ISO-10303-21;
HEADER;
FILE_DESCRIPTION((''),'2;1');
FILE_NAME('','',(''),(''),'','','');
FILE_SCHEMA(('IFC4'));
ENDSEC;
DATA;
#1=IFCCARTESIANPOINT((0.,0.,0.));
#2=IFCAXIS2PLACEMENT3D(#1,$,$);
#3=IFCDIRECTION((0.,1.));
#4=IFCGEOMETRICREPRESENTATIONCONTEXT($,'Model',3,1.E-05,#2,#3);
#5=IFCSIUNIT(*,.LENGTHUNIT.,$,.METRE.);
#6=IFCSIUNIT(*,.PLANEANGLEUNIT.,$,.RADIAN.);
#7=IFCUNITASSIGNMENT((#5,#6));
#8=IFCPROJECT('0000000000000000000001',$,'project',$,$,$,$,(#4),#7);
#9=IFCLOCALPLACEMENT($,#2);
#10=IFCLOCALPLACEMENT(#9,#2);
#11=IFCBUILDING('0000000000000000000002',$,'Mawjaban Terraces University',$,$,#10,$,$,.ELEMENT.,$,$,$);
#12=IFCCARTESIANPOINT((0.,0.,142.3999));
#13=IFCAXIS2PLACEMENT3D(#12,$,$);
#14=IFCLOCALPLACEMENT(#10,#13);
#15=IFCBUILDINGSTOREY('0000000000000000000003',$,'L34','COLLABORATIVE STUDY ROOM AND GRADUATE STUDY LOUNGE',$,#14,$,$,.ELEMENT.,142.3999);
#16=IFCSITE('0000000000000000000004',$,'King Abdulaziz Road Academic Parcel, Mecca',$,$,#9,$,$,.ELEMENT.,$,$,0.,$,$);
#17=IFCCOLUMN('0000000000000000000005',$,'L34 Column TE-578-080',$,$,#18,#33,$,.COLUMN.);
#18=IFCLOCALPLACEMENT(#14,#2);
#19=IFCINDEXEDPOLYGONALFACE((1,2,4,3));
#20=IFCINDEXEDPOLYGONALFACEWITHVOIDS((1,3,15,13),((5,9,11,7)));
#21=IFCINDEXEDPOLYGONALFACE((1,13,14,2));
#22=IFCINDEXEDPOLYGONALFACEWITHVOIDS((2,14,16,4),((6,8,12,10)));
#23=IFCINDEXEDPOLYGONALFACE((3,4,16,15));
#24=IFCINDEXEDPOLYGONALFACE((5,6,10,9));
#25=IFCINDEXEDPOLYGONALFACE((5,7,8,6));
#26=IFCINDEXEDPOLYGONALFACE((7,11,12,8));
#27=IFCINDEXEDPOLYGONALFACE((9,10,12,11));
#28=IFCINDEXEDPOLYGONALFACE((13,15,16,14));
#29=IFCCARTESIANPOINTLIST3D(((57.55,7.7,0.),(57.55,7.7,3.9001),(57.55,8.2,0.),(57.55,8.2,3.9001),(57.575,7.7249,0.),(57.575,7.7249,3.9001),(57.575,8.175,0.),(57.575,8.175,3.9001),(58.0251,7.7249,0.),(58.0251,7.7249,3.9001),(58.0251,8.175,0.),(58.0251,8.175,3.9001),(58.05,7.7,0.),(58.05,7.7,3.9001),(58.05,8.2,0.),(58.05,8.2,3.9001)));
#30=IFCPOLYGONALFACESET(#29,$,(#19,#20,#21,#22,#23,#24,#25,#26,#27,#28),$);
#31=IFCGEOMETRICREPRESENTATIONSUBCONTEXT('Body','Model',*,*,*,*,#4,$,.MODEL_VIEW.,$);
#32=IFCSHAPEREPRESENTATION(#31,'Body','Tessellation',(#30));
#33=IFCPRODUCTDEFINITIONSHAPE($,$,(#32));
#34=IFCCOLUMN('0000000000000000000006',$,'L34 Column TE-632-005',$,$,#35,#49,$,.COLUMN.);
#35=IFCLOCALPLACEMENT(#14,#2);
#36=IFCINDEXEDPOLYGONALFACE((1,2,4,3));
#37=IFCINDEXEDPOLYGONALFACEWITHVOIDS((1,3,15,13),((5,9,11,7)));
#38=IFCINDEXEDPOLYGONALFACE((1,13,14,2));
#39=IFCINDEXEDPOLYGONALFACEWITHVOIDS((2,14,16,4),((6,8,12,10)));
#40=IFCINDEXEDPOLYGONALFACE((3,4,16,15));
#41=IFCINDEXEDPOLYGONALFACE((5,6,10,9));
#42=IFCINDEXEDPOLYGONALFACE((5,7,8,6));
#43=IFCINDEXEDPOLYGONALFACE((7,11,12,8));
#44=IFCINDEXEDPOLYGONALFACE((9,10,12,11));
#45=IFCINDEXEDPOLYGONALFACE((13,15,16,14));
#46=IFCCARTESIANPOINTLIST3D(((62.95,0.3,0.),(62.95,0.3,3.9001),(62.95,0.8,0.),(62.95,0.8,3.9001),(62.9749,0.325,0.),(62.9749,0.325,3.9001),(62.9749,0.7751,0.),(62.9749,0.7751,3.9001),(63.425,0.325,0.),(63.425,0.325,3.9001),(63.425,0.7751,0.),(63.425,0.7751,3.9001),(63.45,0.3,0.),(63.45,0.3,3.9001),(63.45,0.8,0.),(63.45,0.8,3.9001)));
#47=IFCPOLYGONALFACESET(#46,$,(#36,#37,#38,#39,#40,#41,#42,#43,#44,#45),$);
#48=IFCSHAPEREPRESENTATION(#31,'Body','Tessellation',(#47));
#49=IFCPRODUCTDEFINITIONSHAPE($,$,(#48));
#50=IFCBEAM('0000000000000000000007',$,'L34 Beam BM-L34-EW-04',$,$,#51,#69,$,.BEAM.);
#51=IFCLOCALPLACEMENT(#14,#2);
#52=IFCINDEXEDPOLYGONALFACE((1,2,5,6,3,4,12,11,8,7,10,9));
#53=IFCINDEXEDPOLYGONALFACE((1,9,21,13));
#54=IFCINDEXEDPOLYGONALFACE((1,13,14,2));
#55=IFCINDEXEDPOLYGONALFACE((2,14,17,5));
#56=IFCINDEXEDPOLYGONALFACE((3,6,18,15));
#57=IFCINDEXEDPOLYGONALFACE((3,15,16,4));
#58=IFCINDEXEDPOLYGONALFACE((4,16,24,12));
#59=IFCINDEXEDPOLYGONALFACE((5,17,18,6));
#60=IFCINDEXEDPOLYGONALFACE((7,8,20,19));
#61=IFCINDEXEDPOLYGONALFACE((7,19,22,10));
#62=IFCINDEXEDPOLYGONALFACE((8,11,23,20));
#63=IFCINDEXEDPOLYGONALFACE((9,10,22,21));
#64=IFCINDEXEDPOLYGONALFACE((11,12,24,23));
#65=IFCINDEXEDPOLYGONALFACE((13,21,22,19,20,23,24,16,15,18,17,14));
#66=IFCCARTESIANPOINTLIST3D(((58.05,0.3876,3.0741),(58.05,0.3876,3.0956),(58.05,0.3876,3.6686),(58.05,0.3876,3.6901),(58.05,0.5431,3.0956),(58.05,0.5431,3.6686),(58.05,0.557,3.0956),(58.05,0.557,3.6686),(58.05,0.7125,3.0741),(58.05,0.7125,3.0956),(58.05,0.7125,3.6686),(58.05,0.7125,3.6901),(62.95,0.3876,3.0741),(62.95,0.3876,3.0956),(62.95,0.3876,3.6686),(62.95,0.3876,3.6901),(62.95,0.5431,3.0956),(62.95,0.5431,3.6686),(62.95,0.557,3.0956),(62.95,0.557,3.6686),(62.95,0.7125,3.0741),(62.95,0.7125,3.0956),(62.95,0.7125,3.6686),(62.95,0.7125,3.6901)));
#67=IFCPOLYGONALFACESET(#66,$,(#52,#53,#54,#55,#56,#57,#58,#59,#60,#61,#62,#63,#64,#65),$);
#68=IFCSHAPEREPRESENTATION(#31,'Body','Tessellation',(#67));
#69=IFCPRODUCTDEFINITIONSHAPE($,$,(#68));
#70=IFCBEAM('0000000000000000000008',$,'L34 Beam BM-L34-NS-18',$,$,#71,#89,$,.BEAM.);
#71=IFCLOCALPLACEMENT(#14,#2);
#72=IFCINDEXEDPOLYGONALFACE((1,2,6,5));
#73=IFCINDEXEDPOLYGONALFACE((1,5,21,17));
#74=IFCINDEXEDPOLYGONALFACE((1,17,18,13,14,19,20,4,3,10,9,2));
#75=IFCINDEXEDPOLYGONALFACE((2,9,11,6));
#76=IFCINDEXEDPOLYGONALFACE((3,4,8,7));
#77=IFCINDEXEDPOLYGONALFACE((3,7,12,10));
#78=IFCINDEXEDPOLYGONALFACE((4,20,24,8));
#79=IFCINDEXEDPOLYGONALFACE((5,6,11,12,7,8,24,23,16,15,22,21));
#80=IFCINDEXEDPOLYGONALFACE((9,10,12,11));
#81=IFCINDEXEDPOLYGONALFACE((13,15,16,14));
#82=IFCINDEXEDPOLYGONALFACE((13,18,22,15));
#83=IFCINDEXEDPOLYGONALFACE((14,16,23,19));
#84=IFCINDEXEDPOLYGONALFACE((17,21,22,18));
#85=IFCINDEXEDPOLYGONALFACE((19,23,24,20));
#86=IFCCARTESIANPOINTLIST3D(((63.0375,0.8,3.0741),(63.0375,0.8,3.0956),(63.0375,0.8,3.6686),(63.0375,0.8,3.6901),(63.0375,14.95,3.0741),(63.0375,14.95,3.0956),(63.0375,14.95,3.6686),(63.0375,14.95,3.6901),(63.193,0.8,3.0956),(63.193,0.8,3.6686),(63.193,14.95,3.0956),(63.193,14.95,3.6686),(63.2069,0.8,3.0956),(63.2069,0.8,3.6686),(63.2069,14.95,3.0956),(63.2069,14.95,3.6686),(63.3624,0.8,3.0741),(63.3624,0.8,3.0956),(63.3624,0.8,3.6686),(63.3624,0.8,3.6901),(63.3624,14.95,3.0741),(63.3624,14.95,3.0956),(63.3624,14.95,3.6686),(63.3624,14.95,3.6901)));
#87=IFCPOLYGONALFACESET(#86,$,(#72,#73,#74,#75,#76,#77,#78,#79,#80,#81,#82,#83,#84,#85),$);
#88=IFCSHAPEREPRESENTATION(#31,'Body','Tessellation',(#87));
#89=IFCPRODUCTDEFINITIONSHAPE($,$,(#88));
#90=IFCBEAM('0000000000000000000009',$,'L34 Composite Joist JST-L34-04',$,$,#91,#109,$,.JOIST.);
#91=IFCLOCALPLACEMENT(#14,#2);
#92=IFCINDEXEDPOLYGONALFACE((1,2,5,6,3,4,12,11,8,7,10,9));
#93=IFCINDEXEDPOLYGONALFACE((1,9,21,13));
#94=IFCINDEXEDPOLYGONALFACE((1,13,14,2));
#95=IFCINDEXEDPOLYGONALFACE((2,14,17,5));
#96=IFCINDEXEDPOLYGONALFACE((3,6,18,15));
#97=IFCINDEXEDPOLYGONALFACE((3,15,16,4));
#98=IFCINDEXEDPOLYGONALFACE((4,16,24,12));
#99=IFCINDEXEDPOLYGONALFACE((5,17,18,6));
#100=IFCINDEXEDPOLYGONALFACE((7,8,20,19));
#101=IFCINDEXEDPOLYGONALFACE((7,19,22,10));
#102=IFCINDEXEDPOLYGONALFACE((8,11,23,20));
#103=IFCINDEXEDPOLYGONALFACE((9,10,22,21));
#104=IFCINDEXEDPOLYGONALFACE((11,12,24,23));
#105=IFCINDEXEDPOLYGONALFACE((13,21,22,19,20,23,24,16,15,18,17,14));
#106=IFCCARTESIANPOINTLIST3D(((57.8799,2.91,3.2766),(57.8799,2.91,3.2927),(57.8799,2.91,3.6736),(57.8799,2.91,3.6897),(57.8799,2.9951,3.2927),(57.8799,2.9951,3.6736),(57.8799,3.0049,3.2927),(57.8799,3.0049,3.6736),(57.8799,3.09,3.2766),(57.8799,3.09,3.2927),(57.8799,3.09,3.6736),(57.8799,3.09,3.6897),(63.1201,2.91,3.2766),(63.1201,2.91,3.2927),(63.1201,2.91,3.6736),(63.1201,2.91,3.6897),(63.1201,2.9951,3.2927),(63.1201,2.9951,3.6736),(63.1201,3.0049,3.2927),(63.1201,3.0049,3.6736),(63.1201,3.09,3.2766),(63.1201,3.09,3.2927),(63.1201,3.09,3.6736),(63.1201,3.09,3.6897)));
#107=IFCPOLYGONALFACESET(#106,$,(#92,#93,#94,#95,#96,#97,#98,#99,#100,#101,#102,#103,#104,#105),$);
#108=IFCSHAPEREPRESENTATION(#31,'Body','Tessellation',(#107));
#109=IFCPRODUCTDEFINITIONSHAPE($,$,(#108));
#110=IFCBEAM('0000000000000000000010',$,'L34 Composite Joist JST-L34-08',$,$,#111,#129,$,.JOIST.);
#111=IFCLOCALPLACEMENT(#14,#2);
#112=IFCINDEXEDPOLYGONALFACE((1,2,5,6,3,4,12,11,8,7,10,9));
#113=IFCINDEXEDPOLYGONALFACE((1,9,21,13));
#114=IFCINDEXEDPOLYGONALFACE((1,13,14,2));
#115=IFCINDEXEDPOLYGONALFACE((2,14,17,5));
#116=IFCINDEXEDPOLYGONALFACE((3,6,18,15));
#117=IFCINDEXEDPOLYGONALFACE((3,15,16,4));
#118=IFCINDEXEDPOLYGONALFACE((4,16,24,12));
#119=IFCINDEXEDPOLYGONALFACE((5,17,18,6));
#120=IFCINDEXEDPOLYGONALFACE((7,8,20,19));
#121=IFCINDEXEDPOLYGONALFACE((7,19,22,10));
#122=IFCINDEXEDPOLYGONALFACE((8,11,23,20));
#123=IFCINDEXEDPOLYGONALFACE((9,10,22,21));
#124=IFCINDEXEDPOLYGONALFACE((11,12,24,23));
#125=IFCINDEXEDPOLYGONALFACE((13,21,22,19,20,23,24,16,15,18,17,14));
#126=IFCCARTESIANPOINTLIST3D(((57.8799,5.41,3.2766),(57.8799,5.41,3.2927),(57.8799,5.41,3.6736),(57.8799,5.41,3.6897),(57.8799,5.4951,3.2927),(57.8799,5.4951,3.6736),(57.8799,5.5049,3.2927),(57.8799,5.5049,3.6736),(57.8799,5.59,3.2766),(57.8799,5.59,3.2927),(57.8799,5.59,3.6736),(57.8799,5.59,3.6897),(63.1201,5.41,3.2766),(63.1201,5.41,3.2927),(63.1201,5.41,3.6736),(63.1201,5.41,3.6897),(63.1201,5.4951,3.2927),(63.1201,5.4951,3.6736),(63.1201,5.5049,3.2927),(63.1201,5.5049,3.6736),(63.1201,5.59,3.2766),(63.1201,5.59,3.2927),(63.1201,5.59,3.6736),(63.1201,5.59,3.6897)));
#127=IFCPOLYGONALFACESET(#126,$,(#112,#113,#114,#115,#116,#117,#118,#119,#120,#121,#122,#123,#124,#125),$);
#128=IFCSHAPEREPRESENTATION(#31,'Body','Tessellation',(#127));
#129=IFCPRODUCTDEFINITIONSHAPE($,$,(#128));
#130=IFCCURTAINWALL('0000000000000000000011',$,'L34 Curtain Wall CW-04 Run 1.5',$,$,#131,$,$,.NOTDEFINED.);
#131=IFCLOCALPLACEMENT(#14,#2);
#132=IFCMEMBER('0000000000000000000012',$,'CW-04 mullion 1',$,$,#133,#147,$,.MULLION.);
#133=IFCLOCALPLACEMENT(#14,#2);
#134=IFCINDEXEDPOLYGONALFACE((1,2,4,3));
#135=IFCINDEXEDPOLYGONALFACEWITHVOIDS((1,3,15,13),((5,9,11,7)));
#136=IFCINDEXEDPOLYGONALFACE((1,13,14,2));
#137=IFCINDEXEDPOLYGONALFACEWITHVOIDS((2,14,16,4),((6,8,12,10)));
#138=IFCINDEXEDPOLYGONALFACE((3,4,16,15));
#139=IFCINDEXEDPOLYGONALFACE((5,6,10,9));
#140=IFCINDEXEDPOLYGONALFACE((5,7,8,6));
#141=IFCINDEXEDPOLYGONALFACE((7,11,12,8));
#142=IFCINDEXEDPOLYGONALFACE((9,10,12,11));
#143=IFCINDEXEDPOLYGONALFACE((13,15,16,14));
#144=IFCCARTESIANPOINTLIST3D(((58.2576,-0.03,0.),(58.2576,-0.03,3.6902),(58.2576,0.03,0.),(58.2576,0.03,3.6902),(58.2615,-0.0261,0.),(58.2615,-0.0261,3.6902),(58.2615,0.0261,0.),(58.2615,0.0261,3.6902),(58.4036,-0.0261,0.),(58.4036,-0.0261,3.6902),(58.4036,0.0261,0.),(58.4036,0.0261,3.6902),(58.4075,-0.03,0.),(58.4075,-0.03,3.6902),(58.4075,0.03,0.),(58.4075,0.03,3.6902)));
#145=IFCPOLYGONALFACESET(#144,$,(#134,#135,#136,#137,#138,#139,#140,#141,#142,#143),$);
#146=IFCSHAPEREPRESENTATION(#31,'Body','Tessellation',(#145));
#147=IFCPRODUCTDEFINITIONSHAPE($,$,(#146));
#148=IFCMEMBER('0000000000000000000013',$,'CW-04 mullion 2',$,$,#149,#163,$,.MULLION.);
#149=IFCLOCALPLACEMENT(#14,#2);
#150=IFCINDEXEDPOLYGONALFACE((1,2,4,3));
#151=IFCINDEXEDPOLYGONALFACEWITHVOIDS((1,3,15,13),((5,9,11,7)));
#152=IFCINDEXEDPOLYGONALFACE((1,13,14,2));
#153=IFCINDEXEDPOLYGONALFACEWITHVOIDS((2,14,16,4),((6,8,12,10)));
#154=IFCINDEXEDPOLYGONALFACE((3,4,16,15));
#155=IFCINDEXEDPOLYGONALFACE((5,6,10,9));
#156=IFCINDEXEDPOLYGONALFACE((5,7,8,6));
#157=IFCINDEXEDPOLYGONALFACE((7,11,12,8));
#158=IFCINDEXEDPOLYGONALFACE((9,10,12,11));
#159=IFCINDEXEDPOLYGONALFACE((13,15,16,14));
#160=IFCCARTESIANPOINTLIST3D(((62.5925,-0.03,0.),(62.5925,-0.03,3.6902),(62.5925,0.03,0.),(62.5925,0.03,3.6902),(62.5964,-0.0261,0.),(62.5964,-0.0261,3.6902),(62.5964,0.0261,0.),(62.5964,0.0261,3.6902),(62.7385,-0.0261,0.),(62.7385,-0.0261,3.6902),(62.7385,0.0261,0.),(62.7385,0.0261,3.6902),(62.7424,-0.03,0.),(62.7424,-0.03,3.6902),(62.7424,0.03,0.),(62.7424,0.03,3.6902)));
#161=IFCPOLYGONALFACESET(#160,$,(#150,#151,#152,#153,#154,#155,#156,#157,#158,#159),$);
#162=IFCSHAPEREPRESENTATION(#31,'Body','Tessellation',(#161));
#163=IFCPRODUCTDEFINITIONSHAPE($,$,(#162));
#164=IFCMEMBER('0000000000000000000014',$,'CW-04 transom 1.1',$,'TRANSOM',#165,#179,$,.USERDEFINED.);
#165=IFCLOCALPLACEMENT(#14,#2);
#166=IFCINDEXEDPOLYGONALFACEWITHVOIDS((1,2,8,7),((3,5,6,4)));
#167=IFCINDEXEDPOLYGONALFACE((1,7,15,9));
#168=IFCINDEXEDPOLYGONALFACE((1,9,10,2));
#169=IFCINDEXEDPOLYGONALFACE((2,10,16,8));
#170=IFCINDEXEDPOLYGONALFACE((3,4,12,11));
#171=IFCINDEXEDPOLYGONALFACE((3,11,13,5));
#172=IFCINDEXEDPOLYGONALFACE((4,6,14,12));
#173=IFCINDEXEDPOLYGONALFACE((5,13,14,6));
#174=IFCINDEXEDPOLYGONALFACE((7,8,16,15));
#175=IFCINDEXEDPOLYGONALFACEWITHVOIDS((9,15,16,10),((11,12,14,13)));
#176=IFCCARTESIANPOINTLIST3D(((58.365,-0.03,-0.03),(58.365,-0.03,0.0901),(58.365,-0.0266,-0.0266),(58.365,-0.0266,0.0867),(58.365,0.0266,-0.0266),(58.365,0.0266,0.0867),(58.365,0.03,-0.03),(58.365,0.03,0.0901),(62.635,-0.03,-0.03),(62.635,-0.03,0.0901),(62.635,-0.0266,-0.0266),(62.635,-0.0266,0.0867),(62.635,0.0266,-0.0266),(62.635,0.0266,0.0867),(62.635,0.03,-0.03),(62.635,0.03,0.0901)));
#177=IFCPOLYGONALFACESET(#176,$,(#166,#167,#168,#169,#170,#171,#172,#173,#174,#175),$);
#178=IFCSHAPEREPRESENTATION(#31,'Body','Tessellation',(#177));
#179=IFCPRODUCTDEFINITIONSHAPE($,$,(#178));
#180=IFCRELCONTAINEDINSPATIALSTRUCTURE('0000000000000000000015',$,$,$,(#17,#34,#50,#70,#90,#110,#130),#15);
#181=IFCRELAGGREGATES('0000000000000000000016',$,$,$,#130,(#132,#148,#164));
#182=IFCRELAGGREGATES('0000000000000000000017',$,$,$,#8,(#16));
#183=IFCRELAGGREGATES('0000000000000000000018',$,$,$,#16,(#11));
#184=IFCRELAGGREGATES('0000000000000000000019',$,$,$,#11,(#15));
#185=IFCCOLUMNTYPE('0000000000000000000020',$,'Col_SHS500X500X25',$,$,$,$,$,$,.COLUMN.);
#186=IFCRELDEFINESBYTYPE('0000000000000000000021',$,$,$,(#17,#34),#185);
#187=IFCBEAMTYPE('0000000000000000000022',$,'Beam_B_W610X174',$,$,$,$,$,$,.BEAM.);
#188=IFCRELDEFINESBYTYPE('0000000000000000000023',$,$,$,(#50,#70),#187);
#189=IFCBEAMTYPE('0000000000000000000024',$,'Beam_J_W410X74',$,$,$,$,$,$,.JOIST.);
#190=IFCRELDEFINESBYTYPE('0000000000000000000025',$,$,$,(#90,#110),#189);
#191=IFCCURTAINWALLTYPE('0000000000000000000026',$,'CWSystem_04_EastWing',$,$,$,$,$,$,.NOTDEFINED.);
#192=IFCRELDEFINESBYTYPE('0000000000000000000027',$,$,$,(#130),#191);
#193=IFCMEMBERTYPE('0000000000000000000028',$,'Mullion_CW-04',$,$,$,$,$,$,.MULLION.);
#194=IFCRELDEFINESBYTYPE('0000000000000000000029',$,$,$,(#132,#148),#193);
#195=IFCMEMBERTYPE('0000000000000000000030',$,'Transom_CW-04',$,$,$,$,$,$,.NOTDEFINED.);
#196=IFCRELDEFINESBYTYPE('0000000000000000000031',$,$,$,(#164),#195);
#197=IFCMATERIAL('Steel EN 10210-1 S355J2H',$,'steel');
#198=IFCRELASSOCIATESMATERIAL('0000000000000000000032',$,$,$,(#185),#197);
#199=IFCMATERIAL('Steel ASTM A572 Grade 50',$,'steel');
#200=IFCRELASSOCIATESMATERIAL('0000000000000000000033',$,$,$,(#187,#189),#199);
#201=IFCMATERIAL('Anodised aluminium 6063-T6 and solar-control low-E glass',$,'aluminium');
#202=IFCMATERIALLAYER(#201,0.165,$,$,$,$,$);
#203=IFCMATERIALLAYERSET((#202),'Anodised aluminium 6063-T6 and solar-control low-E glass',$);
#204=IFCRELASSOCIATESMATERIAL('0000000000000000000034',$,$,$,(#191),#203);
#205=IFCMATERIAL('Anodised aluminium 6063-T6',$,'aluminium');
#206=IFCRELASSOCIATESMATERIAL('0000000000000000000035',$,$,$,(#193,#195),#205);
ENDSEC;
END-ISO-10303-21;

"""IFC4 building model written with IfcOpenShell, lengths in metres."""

from ifc_helpers import new_model, si_unit, direction, frame, origin, origin_2d, place, context, subcontext, project, spatial, hollow_rectangle, i_section, extrude, material, layer, layer_set, material_profile, profile_set, type_object, element, aggregate, save


model = new_model("IFC4")

# Units and contexts
model_context = context("Model", 3, precision=1e-05, world=origin(), true_north=direction((0.0, 1.0)))
body_context = subcontext(model_context, "Body", "Model", "MODEL_VIEW")
ifc_project = project(units=[si_unit("LENGTHUNIT", "METRE"), si_unit("PLANEANGLEUNIT", "RADIAN")], contexts=[model_context])

# Site, building, storey
site_placement = place(None, origin())
site = spatial("IfcSite", under=ifc_project, at=site_placement, Name="King Abdulaziz Road Academic Parcel, Mecca", CompositionType="ELEMENT", RefElevation=0.0)
building_placement = place(site_placement, origin())
building = spatial("IfcBuilding", under=site, at=building_placement, Name="Mawjaban Terraces University", CompositionType="ELEMENT")
storey_placement = place(building_placement, frame((0.0, 0.0, 142.3999)))
storey = spatial("IfcBuildingStorey", under=building, at=storey_placement, Name="L34", Description="COLLABORATIVE STUDY ROOM AND GRADUATE STUDY LOUNGE", CompositionType="ELEMENT", Elevation=142.3999)

# Columns
ifc_material_1 = material(Name="Steel EN 10210-1 S355J2H", Category="steel")
ifc_material_profile_1 = material_profile(ifc_material_1, hollow_rectangle(XDim=0.5, YDim=0.5, WallThickness=0.0249, at=origin_2d()), Name="SHS500X500X25")
ifc_profile_set_1 = profile_set([ifc_material_profile_1], Name="Steel EN 10210-1 S355J2H")
column_type = type_object("IfcColumnType", Name="Col_SHS500X500X25", PredefinedType="COLUMN", material=ifc_profile_set_1)
for number, where, z_axis, x_axis, name in (
    (1, (57.8, 7.95, 0.0), (0.0, 0.0, 1.0), (1.0, 0.0, 0.0), "L34 Column TE-578-080"),
    (2, (63.2, 0.55, 0.0), (0.0, 0.0, 1.0), (1.0, 0.0, 0.0), "L34 Column TE-632-005"),
):
    element("IfcColumn", number, at=place(storey_placement, frame(where, z_axis=z_axis, x_axis=x_axis)), inside=storey, type_object=column_type, Name=name, PredefinedType="COLUMN", context=body_context, shape_type="SweptSolid", body=[
        extrude(hollow_rectangle(XDim=0.5, YDim=0.5, WallThickness=0.0249, at=origin_2d()), origin(), (0.0, 0.0, 1.0), 3.9001),
    ])

# Beams
ifc_material_2 = material(Name="Steel ASTM A572 Grade 50", Category="steel")
ifc_material_profile_2 = material_profile(ifc_material_2, i_section(OverallWidth=0.325, OverallDepth=0.616, WebThickness=0.0139, FlangeThickness=0.0215, at=origin_2d()), Name="W610X174")
ifc_profile_set_2 = profile_set([ifc_material_profile_2], Name="Steel ASTM A572 Grade 50")
beam_type_1 = type_object("IfcBeamType", Name="Beam_B_W610X174", PredefinedType="BEAM", material=ifc_profile_set_2)
beam_1_placement = place(storey_placement, frame((58.05, 0.55, 3.3821), z_axis=(1.0, 0.0, 0.0), x_axis=(0.0, 1.0, 0.0)))
element("IfcBeam", 3, at=beam_1_placement, inside=storey, type_object=beam_type_1, Name="L34 Beam BM-L34-EW-04", PredefinedType="BEAM", context=body_context, shape_type="SweptSolid", body=[
    extrude(i_section(OverallWidth=0.325, OverallDepth=0.616, WebThickness=0.0139, FlangeThickness=0.0215, at=origin_2d()), origin(), (0.0, 0.0, 1.0), 4.8999),
])
beam_2_placement = place(storey_placement, frame((63.2, 0.8, 3.3821), z_axis=(0.0, 1.0, 0.0), x_axis=(-1.0, 0.0, 0.0)))
element("IfcBeam", 4, at=beam_2_placement, inside=storey, type_object=beam_type_1, Name="L34 Beam BM-L34-NS-18", PredefinedType="BEAM", context=body_context, shape_type="SweptSolid", body=[
    extrude(i_section(OverallWidth=0.325, OverallDepth=0.616, WebThickness=0.0139, FlangeThickness=0.0215, at=origin_2d()), origin(), (0.0, 0.0, 1.0), 14.1499),
])
ifc_material_profile_3 = material_profile(ifc_material_2, i_section(OverallWidth=0.1799, OverallDepth=0.4131, WebThickness=0.0098, FlangeThickness=0.0161, at=origin_2d()), Name="W410X74")
ifc_profile_set_3 = profile_set([ifc_material_profile_3], Name="Steel ASTM A572 Grade 50")
beam_type_2 = type_object("IfcBeamType", Name="Beam_J_W410X74", PredefinedType="JOIST", material=ifc_profile_set_3)
for number, where, z_axis, x_axis, name in (
    (5, (57.8799, 3.0, 3.4832), (1.0, 0.0, 0.0), (0.0, 1.0, 0.0), "L34 Composite Joist JST-L34-04"),
    (6, (57.8799, 5.5, 3.4832), (1.0, 0.0, 0.0), (0.0, 1.0, 0.0), "L34 Composite Joist JST-L34-08"),
):
    element("IfcBeam", number, at=place(storey_placement, frame(where, z_axis=z_axis, x_axis=x_axis)), inside=storey, type_object=beam_type_2, Name=name, PredefinedType="JOIST", context=body_context, shape_type="SweptSolid", body=[
        extrude(i_section(OverallWidth=0.1799, OverallDepth=0.4131, WebThickness=0.0098, FlangeThickness=0.0161, at=origin_2d()), origin(), (0.0, 0.0, 1.0), 5.2402),
    ])

# Curtain wall, members
ifc_material_3 = material(Name="Anodised aluminium 6063-T6 and solar-control low-E glass", Category="aluminium")
ifc_layer_1 = layer(ifc_material_3, 0.165)
ifc_layer_set_1 = layer_set([ifc_layer_1], Name="Anodised aluminium 6063-T6 and solar-control low-E glass")
curtain_wall_type = type_object("IfcCurtainWallType", Name="CWSystem_04_EastWing", PredefinedType="NOTDEFINED", material=ifc_layer_set_1)
curtain_wall_placement = place(storey_placement, origin())
curtain_wall = element("IfcCurtainWall", 7, at=curtain_wall_placement, inside=storey, type_object=curtain_wall_type, Name="L34 Curtain Wall CW-04 Run 1.5", PredefinedType="NOTDEFINED")
ifc_material_4 = material(Name="Anodised aluminium 6063-T6", Category="aluminium")
ifc_material_profile_4 = material_profile(ifc_material_4, hollow_rectangle(XDim=0.0601, YDim=0.1499, WallThickness=0.0039, at=origin_2d()), Name="ALU150X60X4")
ifc_profile_set_4 = profile_set([ifc_material_profile_4], Name="Anodised aluminium 6063-T6")
member_type_1 = type_object("IfcMemberType", Name="Mullion_CW-04", PredefinedType="MULLION", material=ifc_profile_set_4)
member_1_placement = place(storey_placement, frame((58.3325, 0.0, 0.0), z_axis=(0.0, 0.0, 1.0), x_axis=(0.0, 1.0, 0.0)))
member_1 = element("IfcMember", 8, at=member_1_placement, type_object=member_type_1, Name="CW-04 mullion 1", PredefinedType="MULLION", context=body_context, shape_type="SweptSolid", body=[
    extrude(hollow_rectangle(XDim=0.0601, YDim=0.1499, WallThickness=0.0039, at=origin_2d()), origin(), (0.0, 0.0, 1.0), 3.6902),
])
member_2_placement = place(storey_placement, frame((62.6675, 0.0, 0.0), z_axis=(0.0, 0.0, 1.0), x_axis=(0.0, 1.0, 0.0)))
member_2 = element("IfcMember", 9, at=member_2_placement, type_object=member_type_1, Name="CW-04 mullion 2", PredefinedType="MULLION", context=body_context, shape_type="SweptSolid", body=[
    extrude(hollow_rectangle(XDim=0.0601, YDim=0.1499, WallThickness=0.0039, at=origin_2d()), origin(), (0.0, 0.0, 1.0), 3.6902),
])
ifc_material_profile_5 = material_profile(ifc_material_4, hollow_rectangle(XDim=0.0601, YDim=0.1201, WallThickness=0.0034, at=origin_2d()), Name="ALU120X60X3.5")
ifc_profile_set_5 = profile_set([ifc_material_profile_5], Name="Anodised aluminium 6063-T6")
member_type_2 = type_object("IfcMemberType", Name="Transom_CW-04", PredefinedType="NOTDEFINED", material=ifc_profile_set_5)
member_3_placement = place(storey_placement, frame((58.365, 0.0, 0.03), z_axis=(1.0, 0.0, 0.0), x_axis=(0.0, 1.0, 0.0)))
member_3 = element("IfcMember", 10, at=member_3_placement, type_object=member_type_2, Name="CW-04 transom 1.1", ObjectType="TRANSOM", PredefinedType="USERDEFINED", context=body_context, shape_type="SweptSolid", body=[
    extrude(hollow_rectangle(XDim=0.0601, YDim=0.1201, WallThickness=0.0034, at=origin_2d()), origin(), (0.0, 0.0, 1.0), 4.27),
])
aggregate(curtain_wall, [member_1, member_2, member_3])

save(model, "model.ifc")
